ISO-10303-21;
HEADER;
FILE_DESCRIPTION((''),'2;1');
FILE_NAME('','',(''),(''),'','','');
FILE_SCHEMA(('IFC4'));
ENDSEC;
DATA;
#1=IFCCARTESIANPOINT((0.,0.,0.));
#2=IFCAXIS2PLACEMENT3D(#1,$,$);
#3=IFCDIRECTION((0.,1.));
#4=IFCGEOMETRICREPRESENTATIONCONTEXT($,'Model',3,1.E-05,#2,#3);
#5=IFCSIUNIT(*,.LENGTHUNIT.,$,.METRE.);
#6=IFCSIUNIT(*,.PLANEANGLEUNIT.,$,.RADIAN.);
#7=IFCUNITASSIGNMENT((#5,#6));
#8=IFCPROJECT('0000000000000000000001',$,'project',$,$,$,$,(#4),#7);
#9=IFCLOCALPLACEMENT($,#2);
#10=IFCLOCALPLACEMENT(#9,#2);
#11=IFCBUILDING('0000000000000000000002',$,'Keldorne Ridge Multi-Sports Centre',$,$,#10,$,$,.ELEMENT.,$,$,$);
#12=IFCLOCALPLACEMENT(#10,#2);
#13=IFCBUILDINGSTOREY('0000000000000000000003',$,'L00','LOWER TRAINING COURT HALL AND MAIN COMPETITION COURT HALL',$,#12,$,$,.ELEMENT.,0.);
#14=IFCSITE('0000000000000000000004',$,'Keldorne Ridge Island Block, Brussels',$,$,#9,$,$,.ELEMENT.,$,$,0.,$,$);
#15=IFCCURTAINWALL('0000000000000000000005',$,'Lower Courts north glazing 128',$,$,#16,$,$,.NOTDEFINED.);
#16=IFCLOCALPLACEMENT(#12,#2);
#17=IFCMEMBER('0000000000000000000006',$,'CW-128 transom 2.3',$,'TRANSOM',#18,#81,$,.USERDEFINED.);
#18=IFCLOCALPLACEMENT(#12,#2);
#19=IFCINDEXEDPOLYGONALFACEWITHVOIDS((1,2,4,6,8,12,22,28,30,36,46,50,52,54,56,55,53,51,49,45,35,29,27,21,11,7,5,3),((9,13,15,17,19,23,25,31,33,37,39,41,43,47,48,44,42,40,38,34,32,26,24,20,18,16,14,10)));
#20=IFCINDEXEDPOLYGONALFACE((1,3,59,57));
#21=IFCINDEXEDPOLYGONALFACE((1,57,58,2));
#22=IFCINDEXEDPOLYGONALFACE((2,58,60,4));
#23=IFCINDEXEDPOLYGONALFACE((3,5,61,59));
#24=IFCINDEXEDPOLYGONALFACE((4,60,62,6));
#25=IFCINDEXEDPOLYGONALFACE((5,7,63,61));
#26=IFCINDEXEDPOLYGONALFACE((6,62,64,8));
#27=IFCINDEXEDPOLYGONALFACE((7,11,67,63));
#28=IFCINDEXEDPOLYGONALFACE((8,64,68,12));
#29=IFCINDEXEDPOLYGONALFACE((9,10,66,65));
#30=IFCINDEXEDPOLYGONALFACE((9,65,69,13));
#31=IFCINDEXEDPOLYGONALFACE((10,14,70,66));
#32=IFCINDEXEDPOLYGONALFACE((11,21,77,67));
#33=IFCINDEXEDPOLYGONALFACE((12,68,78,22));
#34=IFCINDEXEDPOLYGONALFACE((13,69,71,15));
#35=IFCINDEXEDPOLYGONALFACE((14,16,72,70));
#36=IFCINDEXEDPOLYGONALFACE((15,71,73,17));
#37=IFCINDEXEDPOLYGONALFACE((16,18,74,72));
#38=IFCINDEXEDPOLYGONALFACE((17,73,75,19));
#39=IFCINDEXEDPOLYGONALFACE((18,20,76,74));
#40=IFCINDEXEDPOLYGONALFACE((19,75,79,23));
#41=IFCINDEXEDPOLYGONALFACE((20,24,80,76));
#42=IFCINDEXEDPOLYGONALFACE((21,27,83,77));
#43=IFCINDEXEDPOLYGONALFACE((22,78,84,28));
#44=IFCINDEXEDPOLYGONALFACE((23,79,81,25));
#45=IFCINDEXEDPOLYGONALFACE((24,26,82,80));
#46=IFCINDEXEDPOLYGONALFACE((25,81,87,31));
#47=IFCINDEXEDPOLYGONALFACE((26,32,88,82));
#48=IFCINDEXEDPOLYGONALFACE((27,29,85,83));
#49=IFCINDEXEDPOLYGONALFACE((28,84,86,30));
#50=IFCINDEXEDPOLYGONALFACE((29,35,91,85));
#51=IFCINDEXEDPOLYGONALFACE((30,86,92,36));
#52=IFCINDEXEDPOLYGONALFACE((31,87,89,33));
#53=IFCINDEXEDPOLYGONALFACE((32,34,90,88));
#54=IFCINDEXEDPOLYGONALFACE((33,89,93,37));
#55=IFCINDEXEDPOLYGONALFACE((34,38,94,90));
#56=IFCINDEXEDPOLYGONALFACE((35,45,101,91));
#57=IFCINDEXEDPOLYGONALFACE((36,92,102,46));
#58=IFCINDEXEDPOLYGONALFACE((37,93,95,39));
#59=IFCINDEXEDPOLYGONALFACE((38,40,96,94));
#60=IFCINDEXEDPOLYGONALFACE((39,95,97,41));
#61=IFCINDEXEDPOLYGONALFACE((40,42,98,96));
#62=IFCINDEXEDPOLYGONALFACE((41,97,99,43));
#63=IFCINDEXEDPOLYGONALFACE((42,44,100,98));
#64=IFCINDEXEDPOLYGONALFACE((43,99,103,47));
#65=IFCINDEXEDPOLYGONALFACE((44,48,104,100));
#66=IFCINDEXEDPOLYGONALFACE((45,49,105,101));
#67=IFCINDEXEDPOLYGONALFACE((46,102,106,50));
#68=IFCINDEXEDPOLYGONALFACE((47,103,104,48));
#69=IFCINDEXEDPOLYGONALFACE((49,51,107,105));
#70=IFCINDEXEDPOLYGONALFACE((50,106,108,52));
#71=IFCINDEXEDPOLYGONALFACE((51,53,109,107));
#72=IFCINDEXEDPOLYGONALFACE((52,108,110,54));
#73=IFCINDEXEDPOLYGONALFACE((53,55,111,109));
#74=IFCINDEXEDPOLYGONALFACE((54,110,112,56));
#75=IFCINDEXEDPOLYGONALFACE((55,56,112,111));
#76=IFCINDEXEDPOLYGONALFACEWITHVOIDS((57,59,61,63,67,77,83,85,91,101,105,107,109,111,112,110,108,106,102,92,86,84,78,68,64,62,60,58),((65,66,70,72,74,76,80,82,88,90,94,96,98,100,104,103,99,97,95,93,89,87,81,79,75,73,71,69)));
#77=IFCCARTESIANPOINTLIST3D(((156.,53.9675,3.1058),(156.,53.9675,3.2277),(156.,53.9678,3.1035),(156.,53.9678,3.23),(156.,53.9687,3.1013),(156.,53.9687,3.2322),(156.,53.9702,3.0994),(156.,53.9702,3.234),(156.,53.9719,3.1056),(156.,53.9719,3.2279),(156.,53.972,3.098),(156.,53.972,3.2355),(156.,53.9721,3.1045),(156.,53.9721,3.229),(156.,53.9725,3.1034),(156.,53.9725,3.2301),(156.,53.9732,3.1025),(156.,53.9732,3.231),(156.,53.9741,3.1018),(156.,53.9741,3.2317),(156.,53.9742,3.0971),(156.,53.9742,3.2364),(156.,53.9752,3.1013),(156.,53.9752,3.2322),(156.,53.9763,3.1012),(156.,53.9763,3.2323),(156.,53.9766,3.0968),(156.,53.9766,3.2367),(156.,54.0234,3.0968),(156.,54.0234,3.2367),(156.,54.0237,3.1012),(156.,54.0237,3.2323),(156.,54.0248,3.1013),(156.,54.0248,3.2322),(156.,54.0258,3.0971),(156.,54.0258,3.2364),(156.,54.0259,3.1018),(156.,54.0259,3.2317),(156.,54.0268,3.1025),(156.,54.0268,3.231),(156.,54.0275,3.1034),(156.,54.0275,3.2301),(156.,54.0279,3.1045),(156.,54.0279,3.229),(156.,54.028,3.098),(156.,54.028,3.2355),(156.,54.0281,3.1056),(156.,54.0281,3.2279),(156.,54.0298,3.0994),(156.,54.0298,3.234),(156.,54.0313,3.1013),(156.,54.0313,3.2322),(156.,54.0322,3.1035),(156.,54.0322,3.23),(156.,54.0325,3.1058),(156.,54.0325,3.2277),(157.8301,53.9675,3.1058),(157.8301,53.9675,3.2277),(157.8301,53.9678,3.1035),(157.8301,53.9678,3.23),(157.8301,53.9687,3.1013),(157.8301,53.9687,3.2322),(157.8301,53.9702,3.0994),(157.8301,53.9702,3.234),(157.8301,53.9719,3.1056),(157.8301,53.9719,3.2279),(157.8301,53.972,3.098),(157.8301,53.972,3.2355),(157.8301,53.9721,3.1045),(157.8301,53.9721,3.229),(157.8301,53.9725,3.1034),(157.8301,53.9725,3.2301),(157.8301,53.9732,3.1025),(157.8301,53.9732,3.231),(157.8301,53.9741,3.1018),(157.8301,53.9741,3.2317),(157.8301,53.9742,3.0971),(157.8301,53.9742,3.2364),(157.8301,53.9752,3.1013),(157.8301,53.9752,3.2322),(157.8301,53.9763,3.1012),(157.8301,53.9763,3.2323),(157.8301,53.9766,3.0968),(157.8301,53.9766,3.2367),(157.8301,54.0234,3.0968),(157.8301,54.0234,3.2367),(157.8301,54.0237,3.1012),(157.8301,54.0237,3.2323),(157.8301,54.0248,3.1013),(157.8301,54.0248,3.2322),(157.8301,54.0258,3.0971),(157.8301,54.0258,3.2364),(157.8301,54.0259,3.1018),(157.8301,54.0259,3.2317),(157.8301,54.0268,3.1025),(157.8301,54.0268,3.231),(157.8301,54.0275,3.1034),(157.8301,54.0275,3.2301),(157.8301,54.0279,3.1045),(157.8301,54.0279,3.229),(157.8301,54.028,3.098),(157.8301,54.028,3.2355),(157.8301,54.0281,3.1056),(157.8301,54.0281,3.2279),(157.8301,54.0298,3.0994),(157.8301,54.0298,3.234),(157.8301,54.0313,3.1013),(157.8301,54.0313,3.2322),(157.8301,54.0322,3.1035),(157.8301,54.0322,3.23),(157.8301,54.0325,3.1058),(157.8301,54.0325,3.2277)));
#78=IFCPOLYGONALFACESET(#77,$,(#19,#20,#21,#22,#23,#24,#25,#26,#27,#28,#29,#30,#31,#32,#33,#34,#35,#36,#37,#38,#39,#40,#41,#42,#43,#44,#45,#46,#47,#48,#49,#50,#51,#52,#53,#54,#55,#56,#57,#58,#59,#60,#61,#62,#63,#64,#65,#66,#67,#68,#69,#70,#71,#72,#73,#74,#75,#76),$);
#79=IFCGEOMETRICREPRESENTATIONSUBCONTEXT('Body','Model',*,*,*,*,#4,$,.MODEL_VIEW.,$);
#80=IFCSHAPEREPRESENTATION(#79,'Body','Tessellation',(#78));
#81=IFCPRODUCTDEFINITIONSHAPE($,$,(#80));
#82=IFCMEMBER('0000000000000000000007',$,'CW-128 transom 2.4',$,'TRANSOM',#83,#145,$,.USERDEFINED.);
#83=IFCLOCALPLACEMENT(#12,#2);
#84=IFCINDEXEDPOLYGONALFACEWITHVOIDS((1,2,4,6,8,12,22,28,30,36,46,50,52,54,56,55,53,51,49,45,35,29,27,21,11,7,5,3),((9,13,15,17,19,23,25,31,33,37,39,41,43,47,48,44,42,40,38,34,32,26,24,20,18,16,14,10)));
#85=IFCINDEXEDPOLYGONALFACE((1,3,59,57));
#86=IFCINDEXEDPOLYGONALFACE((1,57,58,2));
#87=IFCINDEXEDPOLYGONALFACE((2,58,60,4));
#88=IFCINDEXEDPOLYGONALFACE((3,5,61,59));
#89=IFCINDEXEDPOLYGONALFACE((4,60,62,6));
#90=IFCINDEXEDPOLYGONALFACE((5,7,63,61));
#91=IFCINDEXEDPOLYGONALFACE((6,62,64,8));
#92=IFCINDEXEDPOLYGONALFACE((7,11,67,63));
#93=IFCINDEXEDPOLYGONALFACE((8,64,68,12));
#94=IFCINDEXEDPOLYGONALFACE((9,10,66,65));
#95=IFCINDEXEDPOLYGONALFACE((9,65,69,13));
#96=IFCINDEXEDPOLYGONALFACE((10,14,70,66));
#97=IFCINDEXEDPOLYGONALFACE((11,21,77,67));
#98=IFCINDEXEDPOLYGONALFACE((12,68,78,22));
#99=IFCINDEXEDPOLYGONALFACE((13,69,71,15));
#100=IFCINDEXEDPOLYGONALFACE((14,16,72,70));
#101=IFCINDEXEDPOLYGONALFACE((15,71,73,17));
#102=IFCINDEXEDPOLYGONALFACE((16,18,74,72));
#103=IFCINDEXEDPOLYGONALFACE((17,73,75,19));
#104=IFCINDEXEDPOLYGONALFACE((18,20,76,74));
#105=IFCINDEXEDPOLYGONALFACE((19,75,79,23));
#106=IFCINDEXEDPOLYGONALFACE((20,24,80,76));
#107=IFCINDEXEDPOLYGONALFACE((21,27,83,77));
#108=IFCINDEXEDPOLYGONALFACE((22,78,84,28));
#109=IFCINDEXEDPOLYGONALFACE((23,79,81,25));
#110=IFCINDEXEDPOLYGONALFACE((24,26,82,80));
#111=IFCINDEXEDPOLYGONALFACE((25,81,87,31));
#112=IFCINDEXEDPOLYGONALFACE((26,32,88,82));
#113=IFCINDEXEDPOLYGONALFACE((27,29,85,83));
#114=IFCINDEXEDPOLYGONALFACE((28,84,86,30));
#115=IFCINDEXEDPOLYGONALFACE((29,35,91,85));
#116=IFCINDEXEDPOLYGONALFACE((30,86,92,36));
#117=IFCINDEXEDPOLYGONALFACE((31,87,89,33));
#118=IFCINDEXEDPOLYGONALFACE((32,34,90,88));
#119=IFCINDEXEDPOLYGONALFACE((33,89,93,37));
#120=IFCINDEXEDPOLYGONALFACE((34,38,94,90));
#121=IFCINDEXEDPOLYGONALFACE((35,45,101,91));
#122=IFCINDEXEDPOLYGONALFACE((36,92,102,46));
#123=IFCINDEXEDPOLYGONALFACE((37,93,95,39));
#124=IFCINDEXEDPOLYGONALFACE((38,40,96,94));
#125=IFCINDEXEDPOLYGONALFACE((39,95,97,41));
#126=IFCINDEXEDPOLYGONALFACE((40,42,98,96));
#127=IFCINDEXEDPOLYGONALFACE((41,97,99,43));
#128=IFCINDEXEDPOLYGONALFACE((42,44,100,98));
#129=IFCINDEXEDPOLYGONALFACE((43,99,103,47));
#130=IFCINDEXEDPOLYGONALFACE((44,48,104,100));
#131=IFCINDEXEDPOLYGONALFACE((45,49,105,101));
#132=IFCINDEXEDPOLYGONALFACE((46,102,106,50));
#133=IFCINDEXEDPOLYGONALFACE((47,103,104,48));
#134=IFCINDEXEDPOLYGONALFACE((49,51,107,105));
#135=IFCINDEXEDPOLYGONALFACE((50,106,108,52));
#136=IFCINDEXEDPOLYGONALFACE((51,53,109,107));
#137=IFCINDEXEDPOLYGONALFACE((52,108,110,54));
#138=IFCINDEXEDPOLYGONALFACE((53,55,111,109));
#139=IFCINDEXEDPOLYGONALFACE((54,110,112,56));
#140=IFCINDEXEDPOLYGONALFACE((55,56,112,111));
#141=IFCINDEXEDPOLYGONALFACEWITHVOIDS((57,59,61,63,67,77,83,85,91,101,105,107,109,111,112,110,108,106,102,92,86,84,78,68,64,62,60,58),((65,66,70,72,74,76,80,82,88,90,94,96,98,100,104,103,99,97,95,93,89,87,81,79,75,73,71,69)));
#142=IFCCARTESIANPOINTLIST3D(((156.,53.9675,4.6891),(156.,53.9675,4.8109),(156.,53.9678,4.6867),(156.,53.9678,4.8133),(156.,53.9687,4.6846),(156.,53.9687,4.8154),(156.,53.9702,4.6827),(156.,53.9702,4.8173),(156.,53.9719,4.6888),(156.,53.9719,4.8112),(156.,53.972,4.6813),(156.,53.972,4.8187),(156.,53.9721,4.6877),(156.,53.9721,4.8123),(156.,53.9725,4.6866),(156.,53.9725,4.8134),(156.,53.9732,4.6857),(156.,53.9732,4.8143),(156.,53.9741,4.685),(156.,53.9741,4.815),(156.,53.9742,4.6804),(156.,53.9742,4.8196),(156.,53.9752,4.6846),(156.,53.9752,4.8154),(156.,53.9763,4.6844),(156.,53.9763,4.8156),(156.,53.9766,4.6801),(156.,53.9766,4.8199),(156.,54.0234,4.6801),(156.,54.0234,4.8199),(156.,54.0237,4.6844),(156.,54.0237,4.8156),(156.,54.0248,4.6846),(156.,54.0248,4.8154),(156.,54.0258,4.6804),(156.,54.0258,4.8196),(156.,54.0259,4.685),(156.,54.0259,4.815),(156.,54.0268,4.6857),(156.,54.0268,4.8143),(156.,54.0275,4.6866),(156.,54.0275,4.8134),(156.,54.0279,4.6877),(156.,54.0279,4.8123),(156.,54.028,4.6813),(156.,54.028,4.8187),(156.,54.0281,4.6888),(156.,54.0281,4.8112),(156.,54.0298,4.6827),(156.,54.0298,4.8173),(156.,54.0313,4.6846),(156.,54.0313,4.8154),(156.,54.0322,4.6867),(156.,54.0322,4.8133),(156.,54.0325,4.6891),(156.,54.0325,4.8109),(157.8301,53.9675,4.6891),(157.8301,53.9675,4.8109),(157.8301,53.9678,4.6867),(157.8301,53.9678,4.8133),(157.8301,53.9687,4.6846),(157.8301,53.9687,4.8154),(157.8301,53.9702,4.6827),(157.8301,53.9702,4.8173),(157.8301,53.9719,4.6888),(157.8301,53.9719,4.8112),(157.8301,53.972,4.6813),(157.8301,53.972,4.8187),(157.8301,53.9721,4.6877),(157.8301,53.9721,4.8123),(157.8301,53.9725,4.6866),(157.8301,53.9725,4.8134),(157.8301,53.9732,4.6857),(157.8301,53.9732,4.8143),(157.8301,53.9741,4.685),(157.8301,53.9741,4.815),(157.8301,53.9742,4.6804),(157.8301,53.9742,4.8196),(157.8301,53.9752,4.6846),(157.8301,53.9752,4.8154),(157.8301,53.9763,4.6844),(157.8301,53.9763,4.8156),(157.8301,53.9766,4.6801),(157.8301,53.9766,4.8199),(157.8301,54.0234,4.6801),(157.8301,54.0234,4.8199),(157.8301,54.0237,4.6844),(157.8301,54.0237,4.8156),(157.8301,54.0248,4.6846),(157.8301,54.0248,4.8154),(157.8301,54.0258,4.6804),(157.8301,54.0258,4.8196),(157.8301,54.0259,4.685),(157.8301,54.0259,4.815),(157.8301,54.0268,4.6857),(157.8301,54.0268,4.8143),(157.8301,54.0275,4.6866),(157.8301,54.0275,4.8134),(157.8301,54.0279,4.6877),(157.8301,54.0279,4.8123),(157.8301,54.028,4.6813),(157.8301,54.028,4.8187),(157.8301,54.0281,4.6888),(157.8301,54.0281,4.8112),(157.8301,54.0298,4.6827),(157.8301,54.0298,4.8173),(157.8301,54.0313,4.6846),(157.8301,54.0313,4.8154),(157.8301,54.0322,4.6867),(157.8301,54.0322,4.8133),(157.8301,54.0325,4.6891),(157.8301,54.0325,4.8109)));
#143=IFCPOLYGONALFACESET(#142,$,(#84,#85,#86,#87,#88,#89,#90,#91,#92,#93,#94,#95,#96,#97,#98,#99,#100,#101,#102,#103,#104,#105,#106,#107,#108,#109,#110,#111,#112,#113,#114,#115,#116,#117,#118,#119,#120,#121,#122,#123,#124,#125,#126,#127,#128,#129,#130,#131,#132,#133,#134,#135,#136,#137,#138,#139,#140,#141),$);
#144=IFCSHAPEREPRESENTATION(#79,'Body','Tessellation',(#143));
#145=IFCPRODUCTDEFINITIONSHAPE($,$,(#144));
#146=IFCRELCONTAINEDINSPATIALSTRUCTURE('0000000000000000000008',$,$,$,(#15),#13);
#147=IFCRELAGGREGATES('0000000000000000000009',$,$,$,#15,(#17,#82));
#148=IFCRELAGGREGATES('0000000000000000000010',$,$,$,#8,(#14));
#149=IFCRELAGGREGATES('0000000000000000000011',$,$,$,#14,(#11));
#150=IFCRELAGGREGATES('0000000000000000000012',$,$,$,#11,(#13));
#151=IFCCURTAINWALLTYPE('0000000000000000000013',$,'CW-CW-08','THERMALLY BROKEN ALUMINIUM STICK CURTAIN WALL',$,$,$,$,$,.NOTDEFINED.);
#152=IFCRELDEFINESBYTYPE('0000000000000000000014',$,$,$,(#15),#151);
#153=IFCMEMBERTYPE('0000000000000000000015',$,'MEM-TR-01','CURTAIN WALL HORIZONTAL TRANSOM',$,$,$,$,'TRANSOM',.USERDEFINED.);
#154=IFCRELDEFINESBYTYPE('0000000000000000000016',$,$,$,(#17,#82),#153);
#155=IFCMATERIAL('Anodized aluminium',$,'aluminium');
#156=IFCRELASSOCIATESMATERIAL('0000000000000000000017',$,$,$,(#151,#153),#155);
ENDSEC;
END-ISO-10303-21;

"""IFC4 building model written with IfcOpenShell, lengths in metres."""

from ifc_helpers import new_model, si_unit, direction, frame, origin, origin_2d, place, context, subcontext, project, spatial, hollow_rectangle, extrude, material, material_profile, profile_set, type_object, element, aggregate, save


model = new_model("IFC4")

# Units and contexts
model_context = context("Model", 3, precision=1e-05, world=origin(), true_north=direction((0.0, 1.0)))
body_context = subcontext(model_context, "Body", "Model", "MODEL_VIEW")
ifc_project = project(units=[si_unit("LENGTHUNIT", "METRE"), si_unit("PLANEANGLEUNIT", "RADIAN")], contexts=[model_context])

# Site, building, storey
site_placement = place(None, origin())
site = spatial("IfcSite", under=ifc_project, at=site_placement, Name="Keldorne Ridge Island Block, Brussels", CompositionType="ELEMENT", RefElevation=0.0)
building_placement = place(site_placement, origin())
building = spatial("IfcBuilding", under=site, at=building_placement, Name="Keldorne Ridge Multi-Sports Centre", CompositionType="ELEMENT")
storey_placement = place(building_placement, origin())
storey = spatial("IfcBuildingStorey", under=building, at=storey_placement, Name="L00", Description="LOWER TRAINING COURT HALL AND MAIN COMPETITION COURT HALL", CompositionType="ELEMENT", Elevation=0.0)

# Curtain wall
ifc_material_1 = material(Name="Anodized aluminium", Category="aluminium")
curtain_wall_type_1 = type_object("IfcCurtainWallType", Name="CW-CW-08", Description="THERMALLY BROKEN ALUMINIUM STICK CURTAIN WALL", PredefinedType="NOTDEFINED", material=ifc_material_1)
curtain_wall_1_placement = place(storey_placement, origin())
curtain_wall_1 = element("IfcCurtainWall", 1, at=curtain_wall_1_placement, inside=storey, type_object=curtain_wall_type_1, Name="Lower Courts north glazing 128", PredefinedType="NOTDEFINED")

# Members
ifc_material_profile_1 = material_profile(ifc_material_1, hollow_rectangle(XDim=0.0649, YDim=0.1399, WallThickness=0.0044, InnerFilletRadius=0.0044, OuterFilletRadius=0.009, at=origin_2d()), Name="ALU TRANSOM 140x65x4.5")
ifc_profile_set_1 = profile_set([ifc_material_profile_1], Name="Anodized aluminium")
member_type_1 = type_object("IfcMemberType", Name="MEM-TR-01", Description="CURTAIN WALL HORIZONTAL TRANSOM", ElementType="TRANSOM", PredefinedType="USERDEFINED", material=ifc_profile_set_1)
member_1_placement = place(storey_placement, frame((157.8301, 54.0, 3.1667), z_axis=(-1.0, 0.0, 0.0), x_axis=(0.0, -1.0, 0.0)))
member_1 = element("IfcMember", 2, at=member_1_placement, type_object=member_type_1, Name="CW-128 transom 2.3", ObjectType="TRANSOM", PredefinedType="USERDEFINED", context=body_context, shape_type="SweptSolid", body=[
    extrude(hollow_rectangle(XDim=0.0649, YDim=0.1399, WallThickness=0.0044, InnerFilletRadius=0.0044, OuterFilletRadius=0.009, at=origin_2d()), origin(), (0.0, 0.0, 1.0), 1.8301),
])
member_2_placement = place(storey_placement, frame((157.8301, 54.0, 4.75), z_axis=(-1.0, 0.0, 0.0), x_axis=(0.0, -1.0, 0.0)))
member_2 = element("IfcMember", 3, at=member_2_placement, type_object=member_type_1, Name="CW-128 transom 2.4", ObjectType="TRANSOM", PredefinedType="USERDEFINED", context=body_context, shape_type="SweptSolid", body=[
    extrude(hollow_rectangle(XDim=0.0649, YDim=0.1399, WallThickness=0.0044, InnerFilletRadius=0.0044, OuterFilletRadius=0.009, at=origin_2d()), origin(), (0.0, 0.0, 1.0), 1.8301),
])

aggregate(curtain_wall_1, [member_1, member_2])

save(model, "model.ifc")
